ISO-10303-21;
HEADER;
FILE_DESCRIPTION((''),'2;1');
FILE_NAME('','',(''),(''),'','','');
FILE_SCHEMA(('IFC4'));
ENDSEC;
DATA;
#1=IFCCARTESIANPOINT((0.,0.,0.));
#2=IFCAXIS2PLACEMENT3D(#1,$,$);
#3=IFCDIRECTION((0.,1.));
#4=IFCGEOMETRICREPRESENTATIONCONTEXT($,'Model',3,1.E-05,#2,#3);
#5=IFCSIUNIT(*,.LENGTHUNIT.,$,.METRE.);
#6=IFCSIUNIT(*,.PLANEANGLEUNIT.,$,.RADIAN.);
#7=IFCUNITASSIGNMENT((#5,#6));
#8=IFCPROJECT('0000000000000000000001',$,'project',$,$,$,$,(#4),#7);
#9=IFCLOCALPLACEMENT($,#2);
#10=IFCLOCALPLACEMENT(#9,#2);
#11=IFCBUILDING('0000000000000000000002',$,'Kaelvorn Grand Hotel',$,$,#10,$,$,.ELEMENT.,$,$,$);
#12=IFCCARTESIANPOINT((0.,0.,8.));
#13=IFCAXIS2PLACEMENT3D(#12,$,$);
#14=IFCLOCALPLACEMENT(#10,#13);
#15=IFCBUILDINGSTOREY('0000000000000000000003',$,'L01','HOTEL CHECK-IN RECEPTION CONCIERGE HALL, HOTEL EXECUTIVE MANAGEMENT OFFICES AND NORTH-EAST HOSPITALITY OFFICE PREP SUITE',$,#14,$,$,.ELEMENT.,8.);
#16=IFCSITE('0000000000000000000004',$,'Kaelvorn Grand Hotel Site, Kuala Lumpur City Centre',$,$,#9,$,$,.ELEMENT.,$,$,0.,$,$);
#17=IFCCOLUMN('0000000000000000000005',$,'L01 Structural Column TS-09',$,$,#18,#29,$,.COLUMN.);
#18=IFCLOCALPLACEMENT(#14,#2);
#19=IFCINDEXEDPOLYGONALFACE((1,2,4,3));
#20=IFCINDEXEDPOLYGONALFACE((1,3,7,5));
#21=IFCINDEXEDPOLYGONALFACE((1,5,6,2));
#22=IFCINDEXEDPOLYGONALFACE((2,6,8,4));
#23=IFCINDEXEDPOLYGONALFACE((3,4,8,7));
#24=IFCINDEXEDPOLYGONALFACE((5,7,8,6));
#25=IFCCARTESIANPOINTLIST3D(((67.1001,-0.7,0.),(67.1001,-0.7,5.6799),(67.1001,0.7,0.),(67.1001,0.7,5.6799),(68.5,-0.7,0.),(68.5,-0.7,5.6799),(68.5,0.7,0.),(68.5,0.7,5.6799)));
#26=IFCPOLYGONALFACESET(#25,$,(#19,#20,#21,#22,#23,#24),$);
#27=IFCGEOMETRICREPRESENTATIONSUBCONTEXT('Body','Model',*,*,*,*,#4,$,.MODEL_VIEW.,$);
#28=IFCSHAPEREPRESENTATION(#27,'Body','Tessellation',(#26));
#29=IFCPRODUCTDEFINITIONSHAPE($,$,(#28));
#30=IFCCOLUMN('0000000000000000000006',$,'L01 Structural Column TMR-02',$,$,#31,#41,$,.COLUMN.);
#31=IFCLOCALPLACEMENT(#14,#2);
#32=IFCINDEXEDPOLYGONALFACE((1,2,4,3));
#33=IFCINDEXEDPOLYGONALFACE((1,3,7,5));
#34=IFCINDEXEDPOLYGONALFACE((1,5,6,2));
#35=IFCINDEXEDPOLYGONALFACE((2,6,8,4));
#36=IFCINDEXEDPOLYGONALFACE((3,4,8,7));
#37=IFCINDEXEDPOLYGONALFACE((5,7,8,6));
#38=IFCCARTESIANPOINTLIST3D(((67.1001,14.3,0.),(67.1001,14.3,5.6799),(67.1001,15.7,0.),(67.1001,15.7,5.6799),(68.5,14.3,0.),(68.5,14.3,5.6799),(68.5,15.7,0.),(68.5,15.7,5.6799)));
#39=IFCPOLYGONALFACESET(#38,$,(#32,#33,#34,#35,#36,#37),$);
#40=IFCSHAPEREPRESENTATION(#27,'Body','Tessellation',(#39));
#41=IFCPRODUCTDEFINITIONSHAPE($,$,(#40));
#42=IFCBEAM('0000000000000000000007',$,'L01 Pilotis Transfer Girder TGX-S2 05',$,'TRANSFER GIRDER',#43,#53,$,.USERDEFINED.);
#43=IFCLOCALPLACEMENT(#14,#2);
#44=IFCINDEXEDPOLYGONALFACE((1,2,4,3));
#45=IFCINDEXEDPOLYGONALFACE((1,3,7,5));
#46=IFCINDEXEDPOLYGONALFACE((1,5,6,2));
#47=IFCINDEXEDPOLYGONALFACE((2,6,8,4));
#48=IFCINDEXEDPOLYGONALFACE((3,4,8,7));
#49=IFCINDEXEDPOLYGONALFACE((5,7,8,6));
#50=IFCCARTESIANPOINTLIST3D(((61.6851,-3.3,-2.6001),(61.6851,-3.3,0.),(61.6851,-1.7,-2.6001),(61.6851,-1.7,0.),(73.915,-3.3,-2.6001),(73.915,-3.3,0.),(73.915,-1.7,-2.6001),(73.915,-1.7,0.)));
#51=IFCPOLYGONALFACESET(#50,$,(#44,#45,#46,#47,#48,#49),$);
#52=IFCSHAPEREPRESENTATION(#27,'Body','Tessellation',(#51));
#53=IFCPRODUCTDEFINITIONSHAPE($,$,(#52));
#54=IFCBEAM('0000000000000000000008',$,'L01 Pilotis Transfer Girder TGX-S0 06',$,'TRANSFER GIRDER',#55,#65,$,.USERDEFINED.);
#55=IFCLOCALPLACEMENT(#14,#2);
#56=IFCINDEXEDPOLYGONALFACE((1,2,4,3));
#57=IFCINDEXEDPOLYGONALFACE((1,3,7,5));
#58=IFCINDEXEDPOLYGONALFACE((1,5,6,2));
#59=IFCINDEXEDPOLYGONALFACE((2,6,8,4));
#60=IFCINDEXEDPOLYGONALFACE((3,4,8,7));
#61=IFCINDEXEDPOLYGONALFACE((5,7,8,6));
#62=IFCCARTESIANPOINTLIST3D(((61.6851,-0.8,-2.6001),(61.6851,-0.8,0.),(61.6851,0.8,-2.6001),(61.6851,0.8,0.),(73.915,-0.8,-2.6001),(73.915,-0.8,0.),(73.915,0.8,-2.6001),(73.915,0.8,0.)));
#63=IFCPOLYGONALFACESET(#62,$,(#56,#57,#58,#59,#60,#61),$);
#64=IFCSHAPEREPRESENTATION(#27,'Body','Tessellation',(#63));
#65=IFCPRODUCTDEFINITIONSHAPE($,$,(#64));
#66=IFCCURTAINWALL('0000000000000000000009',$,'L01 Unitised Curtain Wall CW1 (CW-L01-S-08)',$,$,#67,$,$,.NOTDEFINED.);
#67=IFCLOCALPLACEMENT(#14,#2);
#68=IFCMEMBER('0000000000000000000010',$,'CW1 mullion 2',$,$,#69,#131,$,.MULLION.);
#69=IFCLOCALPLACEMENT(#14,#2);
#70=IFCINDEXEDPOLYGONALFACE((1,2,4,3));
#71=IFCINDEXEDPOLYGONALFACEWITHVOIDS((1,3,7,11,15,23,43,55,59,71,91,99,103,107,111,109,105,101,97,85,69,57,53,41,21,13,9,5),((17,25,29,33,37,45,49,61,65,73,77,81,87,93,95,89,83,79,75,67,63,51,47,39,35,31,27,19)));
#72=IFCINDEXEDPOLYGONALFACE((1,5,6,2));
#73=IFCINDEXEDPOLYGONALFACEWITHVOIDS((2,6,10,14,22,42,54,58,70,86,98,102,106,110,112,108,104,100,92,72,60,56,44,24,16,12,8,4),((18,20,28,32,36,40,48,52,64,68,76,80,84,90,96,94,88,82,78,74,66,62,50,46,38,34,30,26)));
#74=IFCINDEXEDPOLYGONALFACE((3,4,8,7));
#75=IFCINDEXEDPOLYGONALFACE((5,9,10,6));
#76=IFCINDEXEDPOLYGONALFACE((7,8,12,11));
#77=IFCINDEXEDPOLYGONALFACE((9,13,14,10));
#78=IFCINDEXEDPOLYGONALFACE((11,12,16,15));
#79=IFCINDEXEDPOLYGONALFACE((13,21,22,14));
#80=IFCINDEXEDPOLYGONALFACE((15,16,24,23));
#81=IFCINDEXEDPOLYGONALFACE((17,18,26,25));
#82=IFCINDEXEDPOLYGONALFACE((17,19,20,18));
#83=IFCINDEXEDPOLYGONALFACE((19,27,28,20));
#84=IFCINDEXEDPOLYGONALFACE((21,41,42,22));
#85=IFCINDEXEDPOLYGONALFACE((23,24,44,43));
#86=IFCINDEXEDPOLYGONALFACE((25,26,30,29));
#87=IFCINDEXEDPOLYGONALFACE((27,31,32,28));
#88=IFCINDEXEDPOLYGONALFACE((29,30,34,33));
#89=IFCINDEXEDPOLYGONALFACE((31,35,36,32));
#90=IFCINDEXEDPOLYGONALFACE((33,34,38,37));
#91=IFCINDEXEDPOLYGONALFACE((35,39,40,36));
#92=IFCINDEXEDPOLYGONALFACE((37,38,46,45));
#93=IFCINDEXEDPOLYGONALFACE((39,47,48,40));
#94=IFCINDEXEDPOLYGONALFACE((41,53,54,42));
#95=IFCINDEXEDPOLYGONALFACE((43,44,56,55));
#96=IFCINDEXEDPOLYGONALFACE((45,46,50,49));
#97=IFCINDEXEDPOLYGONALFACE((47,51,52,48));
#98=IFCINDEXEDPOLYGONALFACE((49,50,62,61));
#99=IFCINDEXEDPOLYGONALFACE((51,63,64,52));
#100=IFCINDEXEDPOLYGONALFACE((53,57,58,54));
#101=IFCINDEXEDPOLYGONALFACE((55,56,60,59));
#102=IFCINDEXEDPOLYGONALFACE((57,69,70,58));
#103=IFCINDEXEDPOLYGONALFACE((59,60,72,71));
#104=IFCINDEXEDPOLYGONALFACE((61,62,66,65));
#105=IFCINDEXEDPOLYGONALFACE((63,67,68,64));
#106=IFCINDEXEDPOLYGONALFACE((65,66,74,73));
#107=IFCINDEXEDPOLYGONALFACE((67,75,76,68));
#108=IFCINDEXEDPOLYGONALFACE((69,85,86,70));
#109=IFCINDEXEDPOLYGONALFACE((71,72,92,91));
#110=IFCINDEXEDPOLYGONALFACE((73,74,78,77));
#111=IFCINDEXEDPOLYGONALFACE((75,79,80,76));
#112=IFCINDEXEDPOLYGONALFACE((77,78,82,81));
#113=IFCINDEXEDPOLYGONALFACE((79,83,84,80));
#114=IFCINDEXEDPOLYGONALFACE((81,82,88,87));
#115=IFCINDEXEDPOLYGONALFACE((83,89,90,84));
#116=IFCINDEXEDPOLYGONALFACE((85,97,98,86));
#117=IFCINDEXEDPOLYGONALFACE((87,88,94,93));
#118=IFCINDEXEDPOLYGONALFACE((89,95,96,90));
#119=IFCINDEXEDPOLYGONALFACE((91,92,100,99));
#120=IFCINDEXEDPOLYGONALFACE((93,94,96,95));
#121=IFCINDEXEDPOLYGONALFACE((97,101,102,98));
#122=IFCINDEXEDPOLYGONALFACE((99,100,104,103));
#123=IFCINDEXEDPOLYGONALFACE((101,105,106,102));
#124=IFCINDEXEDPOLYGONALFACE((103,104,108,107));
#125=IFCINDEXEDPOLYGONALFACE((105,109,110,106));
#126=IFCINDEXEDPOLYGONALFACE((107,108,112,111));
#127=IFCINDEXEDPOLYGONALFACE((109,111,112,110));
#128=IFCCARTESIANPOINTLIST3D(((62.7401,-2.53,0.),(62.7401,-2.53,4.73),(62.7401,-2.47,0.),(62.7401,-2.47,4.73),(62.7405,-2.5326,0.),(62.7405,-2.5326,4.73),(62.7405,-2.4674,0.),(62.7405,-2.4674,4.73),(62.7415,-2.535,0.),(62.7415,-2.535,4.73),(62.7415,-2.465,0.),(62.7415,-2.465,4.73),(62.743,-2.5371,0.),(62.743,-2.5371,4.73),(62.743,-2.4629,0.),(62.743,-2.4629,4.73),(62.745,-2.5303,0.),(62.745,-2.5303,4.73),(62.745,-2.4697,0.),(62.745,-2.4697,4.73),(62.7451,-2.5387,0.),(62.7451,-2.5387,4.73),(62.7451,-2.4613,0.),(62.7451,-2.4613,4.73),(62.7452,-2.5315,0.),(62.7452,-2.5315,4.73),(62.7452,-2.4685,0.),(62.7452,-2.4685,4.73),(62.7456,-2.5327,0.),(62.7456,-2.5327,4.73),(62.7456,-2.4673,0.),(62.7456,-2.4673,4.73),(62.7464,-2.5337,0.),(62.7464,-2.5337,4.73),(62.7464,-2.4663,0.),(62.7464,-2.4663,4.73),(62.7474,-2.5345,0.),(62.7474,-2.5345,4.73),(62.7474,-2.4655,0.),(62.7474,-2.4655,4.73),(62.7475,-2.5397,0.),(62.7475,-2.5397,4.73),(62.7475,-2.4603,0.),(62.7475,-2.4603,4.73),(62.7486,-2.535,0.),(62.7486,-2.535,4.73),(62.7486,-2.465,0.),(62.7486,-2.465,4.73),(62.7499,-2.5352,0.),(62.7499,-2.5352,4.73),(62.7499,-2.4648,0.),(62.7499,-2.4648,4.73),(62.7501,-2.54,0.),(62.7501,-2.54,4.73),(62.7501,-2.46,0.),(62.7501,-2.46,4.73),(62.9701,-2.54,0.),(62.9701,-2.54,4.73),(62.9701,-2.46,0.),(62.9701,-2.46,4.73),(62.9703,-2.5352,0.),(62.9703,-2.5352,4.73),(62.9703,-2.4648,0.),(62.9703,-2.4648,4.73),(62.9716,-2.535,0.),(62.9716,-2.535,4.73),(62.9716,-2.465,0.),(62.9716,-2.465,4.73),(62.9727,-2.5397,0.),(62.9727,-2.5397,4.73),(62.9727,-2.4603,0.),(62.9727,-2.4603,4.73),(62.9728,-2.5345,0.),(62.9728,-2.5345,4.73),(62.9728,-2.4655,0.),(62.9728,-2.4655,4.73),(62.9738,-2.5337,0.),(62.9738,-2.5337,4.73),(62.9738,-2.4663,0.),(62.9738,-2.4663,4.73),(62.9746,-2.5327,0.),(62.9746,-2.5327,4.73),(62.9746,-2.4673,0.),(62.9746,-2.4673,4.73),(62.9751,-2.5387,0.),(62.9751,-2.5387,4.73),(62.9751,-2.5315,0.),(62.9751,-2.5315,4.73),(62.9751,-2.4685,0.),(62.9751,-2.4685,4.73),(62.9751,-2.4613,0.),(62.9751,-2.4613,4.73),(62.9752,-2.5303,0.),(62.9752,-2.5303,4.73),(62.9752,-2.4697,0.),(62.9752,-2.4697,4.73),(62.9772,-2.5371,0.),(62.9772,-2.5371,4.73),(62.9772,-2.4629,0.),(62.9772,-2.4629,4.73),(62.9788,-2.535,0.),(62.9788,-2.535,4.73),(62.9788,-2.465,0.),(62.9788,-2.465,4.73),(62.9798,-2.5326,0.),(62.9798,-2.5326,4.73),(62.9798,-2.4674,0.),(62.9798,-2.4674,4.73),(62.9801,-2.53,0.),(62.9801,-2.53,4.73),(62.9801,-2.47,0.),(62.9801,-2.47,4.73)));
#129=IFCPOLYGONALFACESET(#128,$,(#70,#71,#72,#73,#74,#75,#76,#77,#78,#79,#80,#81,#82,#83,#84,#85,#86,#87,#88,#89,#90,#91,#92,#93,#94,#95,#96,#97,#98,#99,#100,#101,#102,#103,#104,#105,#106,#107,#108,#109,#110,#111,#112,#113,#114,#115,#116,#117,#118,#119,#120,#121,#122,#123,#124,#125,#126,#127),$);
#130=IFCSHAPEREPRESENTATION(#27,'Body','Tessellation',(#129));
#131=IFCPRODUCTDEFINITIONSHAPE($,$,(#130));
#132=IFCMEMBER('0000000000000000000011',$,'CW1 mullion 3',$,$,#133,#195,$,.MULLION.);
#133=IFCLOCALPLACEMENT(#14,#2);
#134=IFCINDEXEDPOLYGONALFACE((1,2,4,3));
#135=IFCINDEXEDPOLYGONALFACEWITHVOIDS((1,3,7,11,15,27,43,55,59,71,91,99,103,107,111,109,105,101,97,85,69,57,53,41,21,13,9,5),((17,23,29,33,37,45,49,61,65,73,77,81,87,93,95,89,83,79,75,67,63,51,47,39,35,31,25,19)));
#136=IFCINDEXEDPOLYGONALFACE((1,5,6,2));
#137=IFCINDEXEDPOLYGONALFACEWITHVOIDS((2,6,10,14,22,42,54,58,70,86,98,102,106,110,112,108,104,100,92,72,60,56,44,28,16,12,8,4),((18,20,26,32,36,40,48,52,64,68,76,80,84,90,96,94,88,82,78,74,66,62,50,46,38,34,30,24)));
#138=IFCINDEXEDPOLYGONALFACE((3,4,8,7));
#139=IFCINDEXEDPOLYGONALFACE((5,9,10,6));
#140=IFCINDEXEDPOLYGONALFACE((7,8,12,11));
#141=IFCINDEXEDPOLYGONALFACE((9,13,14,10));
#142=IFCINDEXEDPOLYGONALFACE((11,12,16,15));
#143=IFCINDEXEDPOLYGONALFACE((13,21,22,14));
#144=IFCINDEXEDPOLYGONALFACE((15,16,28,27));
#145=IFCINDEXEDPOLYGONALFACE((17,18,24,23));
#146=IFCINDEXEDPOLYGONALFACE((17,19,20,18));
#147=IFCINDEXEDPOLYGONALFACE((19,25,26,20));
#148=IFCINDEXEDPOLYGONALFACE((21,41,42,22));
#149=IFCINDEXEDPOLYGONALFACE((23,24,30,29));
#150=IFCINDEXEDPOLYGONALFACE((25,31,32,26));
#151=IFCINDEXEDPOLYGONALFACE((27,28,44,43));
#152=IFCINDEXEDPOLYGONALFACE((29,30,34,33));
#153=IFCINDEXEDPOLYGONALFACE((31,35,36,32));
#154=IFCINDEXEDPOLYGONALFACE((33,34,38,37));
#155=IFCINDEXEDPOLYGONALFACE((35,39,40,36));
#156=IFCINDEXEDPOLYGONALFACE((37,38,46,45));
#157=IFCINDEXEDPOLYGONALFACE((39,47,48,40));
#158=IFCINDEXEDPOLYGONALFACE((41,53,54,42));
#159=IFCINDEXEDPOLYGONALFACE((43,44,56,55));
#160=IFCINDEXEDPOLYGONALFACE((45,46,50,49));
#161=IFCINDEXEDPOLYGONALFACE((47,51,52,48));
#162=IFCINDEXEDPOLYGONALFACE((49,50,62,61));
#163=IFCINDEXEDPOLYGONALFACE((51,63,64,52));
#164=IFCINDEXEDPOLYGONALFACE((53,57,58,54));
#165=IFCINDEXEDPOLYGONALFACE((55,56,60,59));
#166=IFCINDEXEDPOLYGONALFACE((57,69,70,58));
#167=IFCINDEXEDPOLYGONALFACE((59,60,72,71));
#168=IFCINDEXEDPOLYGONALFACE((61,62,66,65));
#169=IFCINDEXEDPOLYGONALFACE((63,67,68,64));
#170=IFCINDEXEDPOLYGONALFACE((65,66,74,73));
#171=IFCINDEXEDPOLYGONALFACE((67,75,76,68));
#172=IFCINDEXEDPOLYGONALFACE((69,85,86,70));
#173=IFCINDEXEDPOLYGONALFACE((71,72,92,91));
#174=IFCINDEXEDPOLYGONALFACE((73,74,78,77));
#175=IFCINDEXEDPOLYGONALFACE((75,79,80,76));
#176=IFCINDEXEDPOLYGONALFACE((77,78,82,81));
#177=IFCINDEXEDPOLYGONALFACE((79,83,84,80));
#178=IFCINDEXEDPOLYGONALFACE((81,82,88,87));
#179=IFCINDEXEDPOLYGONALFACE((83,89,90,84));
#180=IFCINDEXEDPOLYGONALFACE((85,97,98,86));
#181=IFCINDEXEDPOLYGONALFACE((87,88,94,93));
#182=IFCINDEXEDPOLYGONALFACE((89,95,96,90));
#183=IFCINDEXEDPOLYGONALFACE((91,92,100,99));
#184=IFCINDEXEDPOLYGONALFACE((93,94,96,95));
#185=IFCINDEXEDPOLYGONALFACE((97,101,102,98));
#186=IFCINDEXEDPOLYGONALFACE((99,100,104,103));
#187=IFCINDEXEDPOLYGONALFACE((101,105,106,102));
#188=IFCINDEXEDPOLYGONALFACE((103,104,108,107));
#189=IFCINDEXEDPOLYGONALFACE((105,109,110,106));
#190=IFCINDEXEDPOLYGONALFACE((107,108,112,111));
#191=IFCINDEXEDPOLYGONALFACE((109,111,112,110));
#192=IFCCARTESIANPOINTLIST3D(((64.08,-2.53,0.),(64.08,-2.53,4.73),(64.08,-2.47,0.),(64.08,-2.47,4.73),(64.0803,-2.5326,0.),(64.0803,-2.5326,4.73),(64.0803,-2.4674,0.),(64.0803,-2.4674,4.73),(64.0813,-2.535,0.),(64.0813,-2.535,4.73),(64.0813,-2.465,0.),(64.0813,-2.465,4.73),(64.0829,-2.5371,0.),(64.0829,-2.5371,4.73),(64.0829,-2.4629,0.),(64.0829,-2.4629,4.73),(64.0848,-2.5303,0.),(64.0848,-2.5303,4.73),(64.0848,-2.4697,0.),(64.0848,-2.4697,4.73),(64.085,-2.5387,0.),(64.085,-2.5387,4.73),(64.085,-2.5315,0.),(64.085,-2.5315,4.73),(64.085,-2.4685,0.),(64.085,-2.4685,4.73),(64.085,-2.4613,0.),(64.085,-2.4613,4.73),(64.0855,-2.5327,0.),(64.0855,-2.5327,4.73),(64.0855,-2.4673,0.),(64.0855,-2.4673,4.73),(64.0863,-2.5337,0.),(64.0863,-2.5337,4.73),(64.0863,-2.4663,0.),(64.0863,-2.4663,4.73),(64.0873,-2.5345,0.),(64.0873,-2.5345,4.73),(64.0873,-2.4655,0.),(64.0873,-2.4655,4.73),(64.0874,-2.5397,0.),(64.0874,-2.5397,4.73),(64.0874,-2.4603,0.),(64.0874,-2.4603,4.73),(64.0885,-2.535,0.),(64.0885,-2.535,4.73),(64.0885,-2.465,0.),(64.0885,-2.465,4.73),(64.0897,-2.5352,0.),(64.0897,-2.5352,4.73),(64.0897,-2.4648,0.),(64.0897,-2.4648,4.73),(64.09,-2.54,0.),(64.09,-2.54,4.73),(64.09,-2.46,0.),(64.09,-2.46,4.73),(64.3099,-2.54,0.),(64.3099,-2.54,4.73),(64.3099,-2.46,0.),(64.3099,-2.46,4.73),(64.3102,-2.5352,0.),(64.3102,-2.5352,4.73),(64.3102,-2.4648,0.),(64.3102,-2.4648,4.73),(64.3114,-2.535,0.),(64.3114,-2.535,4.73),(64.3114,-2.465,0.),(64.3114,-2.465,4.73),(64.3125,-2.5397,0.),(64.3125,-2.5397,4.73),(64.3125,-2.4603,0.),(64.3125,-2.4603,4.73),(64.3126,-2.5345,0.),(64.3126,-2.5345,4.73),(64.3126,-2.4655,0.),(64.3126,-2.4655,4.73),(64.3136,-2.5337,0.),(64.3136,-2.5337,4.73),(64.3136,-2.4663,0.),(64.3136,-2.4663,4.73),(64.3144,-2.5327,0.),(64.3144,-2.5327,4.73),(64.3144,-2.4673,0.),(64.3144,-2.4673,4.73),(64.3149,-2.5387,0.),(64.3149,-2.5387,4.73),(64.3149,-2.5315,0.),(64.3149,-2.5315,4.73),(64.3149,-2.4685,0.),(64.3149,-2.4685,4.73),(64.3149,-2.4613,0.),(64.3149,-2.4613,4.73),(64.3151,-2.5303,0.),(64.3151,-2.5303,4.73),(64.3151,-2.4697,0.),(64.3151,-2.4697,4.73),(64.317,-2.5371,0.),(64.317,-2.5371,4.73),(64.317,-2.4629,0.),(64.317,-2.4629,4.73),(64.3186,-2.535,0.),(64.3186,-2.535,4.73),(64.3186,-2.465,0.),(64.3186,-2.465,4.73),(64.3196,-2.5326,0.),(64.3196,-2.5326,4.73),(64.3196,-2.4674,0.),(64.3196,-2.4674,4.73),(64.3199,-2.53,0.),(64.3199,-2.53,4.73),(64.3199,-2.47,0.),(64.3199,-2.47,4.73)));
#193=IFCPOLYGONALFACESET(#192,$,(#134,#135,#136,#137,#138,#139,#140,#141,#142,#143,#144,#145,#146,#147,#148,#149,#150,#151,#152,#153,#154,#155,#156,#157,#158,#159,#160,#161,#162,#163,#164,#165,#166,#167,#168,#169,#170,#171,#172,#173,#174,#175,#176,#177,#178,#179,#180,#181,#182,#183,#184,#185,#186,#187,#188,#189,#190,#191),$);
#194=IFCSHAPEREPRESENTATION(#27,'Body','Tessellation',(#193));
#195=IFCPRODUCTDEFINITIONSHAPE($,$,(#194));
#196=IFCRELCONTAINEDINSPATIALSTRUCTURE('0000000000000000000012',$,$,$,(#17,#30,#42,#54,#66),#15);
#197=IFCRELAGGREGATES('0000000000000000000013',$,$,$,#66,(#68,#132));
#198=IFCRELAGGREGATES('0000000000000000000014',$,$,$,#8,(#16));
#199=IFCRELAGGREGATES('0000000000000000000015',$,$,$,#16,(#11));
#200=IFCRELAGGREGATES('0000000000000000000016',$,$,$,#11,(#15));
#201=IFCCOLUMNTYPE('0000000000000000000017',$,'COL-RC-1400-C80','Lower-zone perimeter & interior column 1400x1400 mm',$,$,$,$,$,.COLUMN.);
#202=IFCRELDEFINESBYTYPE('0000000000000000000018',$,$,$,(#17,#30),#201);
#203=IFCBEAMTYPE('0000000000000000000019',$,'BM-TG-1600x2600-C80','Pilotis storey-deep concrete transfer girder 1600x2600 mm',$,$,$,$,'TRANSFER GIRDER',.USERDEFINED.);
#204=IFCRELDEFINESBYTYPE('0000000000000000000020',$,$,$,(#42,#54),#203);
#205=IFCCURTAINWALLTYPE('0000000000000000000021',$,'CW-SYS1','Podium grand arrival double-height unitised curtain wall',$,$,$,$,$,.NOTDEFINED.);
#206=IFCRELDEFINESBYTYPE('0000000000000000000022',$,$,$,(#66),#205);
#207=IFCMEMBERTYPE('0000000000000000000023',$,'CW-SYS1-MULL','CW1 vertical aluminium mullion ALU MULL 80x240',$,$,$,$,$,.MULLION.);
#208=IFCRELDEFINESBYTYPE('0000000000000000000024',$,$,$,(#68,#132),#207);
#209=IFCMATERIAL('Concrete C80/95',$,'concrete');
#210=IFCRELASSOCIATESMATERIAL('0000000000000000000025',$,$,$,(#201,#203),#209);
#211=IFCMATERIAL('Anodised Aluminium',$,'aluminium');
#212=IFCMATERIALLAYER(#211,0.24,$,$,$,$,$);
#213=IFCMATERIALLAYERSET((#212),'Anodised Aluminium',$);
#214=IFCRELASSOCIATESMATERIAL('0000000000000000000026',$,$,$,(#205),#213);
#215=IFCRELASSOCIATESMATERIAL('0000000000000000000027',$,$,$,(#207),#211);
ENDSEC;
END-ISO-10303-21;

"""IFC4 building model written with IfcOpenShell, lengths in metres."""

from ifc_helpers import new_model, si_unit, direction, frame, origin, origin_2d, place, context, subcontext, project, spatial, rectangle, hollow_rectangle, extrude, material, layer, layer_set, material_profile, profile_set, type_object, element, aggregate, save


model = new_model("IFC4")

# Units and contexts
model_context = context("Model", 3, precision=1e-05, world=origin(), true_north=direction((0.0, 1.0)))
body_context = subcontext(model_context, "Body", "Model", "MODEL_VIEW")
ifc_project = project(units=[si_unit("LENGTHUNIT", "METRE"), si_unit("PLANEANGLEUNIT", "RADIAN")], contexts=[model_context])

# Site, building, storey
site_placement = place(None, origin())
site = spatial("IfcSite", under=ifc_project, at=site_placement, Name="Kaelvorn Grand Hotel Site, Kuala Lumpur City Centre", CompositionType="ELEMENT", RefElevation=0.0)
building_placement = place(site_placement, origin())
building = spatial("IfcBuilding", under=site, at=building_placement, Name="Kaelvorn Grand Hotel", CompositionType="ELEMENT")
storey_placement = place(building_placement, frame((0.0, 0.0, 8.0)))
storey = spatial("IfcBuildingStorey", under=building, at=storey_placement, Name="L01", Description="HOTEL CHECK-IN RECEPTION CONCIERGE HALL, HOTEL EXECUTIVE MANAGEMENT OFFICES AND NORTH-EAST HOSPITALITY OFFICE PREP SUITE", CompositionType="ELEMENT", Elevation=8.0)

# Columns
ifc_material_1 = material(Name="Concrete C80/95", Category="concrete")
ifc_material_profile_1 = material_profile(ifc_material_1, rectangle(XDim=1.3999, YDim=1.3999, at=origin_2d()), Name="RC COL 1400x1400")
ifc_profile_set_1 = profile_set([ifc_material_profile_1], Name="Concrete C80/95")
column_type = type_object("IfcColumnType", Name="COL-RC-1400-C80", Description="Lower-zone perimeter & interior column 1400x1400 mm", PredefinedType="COLUMN", material=ifc_profile_set_1)
for number, where, z_axis, x_axis, name in (
    (1, (67.8, 0.0, 0.0), (0.0, 0.0, 1.0), (1.0, 0.0, 0.0), "L01 Structural Column TS-09"),
    (2, (67.8, 15.0, 0.0), (0.0, 0.0, 1.0), (1.0, 0.0, 0.0), "L01 Structural Column TMR-02"),
):
    element("IfcColumn", number, at=place(storey_placement, frame(where, z_axis=z_axis, x_axis=x_axis)), inside=storey, type_object=column_type, Name=name, PredefinedType="COLUMN", context=body_context, shape_type="SweptSolid", body=[
        extrude(rectangle(XDim=1.3999, YDim=1.3999, at=origin_2d()), origin(), (0.0, 0.0, 1.0), 5.6799),
    ])

# Beams
ifc_material_profile_2 = material_profile(ifc_material_1, rectangle(XDim=1.6001, YDim=2.6001, at=origin_2d()), Name="RC TG 1600x2600")
ifc_profile_set_2 = profile_set([ifc_material_profile_2], Name="Concrete C80/95")
beam_type = type_object("IfcBeamType", Name="BM-TG-1600x2600-C80", Description="Pilotis storey-deep concrete transfer girder 1600x2600 mm", ElementType="TRANSFER GIRDER", PredefinedType="USERDEFINED", material=ifc_profile_set_2)
for number, where, z_axis, x_axis, name in (
    (3, (61.6851, -2.5, -1.3), (1.0, 0.0, 0.0), (0.0, 1.0, 0.0), "L01 Pilotis Transfer Girder TGX-S2 05"),
    (4, (61.6851, 0.0, -1.3), (1.0, 0.0, 0.0), (0.0, 1.0, 0.0), "L01 Pilotis Transfer Girder TGX-S0 06"),
):
    element("IfcBeam", number, at=place(storey_placement, frame(where, z_axis=z_axis, x_axis=x_axis)), inside=storey, type_object=beam_type, Name=name, ObjectType="TRANSFER GIRDER", PredefinedType="USERDEFINED", context=body_context, shape_type="SweptSolid", body=[
        extrude(rectangle(XDim=1.6001, YDim=2.6001, at=origin_2d()), origin(), (0.0, 0.0, 1.0), 12.23),
    ])

# Curtain wall, members
ifc_material_2 = material(Name="Anodised Aluminium", Category="aluminium")
ifc_layer_1 = layer(ifc_material_2, 0.24)
ifc_layer_set_1 = layer_set([ifc_layer_1], Name="Anodised Aluminium")
curtain_wall_type = type_object("IfcCurtainWallType", Name="CW-SYS1", Description="Podium grand arrival double-height unitised curtain wall", PredefinedType="NOTDEFINED", material=ifc_layer_set_1)
curtain_wall_1_placement = place(storey_placement, origin())
curtain_wall_1 = element("IfcCurtainWall", 5, at=curtain_wall_1_placement, inside=storey, type_object=curtain_wall_type, Name="L01 Unitised Curtain Wall CW1 (CW-L01-S-08)", PredefinedType="NOTDEFINED")
ifc_material_profile_3 = material_profile(ifc_material_2, hollow_rectangle(XDim=0.0801, YDim=0.24, WallThickness=0.0049, InnerFilletRadius=0.0049, OuterFilletRadius=0.01, at=origin_2d()), Name="ALU MULL 80x240")
ifc_profile_set_3 = profile_set([ifc_material_profile_3], Name="Anodised Aluminium")
member_type_1 = type_object("IfcMemberType", Name="CW-SYS1-MULL", Description="CW1 vertical aluminium mullion ALU MULL 80x240", PredefinedType="MULLION", material=ifc_profile_set_3)
member_1_placement = place(storey_placement, frame((62.8601, -2.5, 0.0), z_axis=(0.0, 0.0, 1.0), x_axis=(0.0, 1.0, 0.0)))
member_1 = element("IfcMember", 6, at=member_1_placement, type_object=member_type_1, Name="CW1 mullion 2", PredefinedType="MULLION", context=body_context, shape_type="SweptSolid", body=[
    extrude(hollow_rectangle(XDim=0.0801, YDim=0.24, WallThickness=0.0049, InnerFilletRadius=0.0049, OuterFilletRadius=0.01, at=origin_2d()), origin(), (0.0, 0.0, 1.0), 4.73),
])
member_2_placement = place(storey_placement, frame((64.2, -2.5, 0.0), z_axis=(0.0, 0.0, 1.0), x_axis=(0.0, 1.0, 0.0)))
member_2 = element("IfcMember", 7, at=member_2_placement, type_object=member_type_1, Name="CW1 mullion 3", PredefinedType="MULLION", context=body_context, shape_type="SweptSolid", body=[
    extrude(hollow_rectangle(XDim=0.0801, YDim=0.24, WallThickness=0.0049, InnerFilletRadius=0.0049, OuterFilletRadius=0.01, at=origin_2d()), origin(), (0.0, 0.0, 1.0), 4.73),
])

aggregate(curtain_wall_1, [member_1, member_2])

save(model, "model.ifc")
